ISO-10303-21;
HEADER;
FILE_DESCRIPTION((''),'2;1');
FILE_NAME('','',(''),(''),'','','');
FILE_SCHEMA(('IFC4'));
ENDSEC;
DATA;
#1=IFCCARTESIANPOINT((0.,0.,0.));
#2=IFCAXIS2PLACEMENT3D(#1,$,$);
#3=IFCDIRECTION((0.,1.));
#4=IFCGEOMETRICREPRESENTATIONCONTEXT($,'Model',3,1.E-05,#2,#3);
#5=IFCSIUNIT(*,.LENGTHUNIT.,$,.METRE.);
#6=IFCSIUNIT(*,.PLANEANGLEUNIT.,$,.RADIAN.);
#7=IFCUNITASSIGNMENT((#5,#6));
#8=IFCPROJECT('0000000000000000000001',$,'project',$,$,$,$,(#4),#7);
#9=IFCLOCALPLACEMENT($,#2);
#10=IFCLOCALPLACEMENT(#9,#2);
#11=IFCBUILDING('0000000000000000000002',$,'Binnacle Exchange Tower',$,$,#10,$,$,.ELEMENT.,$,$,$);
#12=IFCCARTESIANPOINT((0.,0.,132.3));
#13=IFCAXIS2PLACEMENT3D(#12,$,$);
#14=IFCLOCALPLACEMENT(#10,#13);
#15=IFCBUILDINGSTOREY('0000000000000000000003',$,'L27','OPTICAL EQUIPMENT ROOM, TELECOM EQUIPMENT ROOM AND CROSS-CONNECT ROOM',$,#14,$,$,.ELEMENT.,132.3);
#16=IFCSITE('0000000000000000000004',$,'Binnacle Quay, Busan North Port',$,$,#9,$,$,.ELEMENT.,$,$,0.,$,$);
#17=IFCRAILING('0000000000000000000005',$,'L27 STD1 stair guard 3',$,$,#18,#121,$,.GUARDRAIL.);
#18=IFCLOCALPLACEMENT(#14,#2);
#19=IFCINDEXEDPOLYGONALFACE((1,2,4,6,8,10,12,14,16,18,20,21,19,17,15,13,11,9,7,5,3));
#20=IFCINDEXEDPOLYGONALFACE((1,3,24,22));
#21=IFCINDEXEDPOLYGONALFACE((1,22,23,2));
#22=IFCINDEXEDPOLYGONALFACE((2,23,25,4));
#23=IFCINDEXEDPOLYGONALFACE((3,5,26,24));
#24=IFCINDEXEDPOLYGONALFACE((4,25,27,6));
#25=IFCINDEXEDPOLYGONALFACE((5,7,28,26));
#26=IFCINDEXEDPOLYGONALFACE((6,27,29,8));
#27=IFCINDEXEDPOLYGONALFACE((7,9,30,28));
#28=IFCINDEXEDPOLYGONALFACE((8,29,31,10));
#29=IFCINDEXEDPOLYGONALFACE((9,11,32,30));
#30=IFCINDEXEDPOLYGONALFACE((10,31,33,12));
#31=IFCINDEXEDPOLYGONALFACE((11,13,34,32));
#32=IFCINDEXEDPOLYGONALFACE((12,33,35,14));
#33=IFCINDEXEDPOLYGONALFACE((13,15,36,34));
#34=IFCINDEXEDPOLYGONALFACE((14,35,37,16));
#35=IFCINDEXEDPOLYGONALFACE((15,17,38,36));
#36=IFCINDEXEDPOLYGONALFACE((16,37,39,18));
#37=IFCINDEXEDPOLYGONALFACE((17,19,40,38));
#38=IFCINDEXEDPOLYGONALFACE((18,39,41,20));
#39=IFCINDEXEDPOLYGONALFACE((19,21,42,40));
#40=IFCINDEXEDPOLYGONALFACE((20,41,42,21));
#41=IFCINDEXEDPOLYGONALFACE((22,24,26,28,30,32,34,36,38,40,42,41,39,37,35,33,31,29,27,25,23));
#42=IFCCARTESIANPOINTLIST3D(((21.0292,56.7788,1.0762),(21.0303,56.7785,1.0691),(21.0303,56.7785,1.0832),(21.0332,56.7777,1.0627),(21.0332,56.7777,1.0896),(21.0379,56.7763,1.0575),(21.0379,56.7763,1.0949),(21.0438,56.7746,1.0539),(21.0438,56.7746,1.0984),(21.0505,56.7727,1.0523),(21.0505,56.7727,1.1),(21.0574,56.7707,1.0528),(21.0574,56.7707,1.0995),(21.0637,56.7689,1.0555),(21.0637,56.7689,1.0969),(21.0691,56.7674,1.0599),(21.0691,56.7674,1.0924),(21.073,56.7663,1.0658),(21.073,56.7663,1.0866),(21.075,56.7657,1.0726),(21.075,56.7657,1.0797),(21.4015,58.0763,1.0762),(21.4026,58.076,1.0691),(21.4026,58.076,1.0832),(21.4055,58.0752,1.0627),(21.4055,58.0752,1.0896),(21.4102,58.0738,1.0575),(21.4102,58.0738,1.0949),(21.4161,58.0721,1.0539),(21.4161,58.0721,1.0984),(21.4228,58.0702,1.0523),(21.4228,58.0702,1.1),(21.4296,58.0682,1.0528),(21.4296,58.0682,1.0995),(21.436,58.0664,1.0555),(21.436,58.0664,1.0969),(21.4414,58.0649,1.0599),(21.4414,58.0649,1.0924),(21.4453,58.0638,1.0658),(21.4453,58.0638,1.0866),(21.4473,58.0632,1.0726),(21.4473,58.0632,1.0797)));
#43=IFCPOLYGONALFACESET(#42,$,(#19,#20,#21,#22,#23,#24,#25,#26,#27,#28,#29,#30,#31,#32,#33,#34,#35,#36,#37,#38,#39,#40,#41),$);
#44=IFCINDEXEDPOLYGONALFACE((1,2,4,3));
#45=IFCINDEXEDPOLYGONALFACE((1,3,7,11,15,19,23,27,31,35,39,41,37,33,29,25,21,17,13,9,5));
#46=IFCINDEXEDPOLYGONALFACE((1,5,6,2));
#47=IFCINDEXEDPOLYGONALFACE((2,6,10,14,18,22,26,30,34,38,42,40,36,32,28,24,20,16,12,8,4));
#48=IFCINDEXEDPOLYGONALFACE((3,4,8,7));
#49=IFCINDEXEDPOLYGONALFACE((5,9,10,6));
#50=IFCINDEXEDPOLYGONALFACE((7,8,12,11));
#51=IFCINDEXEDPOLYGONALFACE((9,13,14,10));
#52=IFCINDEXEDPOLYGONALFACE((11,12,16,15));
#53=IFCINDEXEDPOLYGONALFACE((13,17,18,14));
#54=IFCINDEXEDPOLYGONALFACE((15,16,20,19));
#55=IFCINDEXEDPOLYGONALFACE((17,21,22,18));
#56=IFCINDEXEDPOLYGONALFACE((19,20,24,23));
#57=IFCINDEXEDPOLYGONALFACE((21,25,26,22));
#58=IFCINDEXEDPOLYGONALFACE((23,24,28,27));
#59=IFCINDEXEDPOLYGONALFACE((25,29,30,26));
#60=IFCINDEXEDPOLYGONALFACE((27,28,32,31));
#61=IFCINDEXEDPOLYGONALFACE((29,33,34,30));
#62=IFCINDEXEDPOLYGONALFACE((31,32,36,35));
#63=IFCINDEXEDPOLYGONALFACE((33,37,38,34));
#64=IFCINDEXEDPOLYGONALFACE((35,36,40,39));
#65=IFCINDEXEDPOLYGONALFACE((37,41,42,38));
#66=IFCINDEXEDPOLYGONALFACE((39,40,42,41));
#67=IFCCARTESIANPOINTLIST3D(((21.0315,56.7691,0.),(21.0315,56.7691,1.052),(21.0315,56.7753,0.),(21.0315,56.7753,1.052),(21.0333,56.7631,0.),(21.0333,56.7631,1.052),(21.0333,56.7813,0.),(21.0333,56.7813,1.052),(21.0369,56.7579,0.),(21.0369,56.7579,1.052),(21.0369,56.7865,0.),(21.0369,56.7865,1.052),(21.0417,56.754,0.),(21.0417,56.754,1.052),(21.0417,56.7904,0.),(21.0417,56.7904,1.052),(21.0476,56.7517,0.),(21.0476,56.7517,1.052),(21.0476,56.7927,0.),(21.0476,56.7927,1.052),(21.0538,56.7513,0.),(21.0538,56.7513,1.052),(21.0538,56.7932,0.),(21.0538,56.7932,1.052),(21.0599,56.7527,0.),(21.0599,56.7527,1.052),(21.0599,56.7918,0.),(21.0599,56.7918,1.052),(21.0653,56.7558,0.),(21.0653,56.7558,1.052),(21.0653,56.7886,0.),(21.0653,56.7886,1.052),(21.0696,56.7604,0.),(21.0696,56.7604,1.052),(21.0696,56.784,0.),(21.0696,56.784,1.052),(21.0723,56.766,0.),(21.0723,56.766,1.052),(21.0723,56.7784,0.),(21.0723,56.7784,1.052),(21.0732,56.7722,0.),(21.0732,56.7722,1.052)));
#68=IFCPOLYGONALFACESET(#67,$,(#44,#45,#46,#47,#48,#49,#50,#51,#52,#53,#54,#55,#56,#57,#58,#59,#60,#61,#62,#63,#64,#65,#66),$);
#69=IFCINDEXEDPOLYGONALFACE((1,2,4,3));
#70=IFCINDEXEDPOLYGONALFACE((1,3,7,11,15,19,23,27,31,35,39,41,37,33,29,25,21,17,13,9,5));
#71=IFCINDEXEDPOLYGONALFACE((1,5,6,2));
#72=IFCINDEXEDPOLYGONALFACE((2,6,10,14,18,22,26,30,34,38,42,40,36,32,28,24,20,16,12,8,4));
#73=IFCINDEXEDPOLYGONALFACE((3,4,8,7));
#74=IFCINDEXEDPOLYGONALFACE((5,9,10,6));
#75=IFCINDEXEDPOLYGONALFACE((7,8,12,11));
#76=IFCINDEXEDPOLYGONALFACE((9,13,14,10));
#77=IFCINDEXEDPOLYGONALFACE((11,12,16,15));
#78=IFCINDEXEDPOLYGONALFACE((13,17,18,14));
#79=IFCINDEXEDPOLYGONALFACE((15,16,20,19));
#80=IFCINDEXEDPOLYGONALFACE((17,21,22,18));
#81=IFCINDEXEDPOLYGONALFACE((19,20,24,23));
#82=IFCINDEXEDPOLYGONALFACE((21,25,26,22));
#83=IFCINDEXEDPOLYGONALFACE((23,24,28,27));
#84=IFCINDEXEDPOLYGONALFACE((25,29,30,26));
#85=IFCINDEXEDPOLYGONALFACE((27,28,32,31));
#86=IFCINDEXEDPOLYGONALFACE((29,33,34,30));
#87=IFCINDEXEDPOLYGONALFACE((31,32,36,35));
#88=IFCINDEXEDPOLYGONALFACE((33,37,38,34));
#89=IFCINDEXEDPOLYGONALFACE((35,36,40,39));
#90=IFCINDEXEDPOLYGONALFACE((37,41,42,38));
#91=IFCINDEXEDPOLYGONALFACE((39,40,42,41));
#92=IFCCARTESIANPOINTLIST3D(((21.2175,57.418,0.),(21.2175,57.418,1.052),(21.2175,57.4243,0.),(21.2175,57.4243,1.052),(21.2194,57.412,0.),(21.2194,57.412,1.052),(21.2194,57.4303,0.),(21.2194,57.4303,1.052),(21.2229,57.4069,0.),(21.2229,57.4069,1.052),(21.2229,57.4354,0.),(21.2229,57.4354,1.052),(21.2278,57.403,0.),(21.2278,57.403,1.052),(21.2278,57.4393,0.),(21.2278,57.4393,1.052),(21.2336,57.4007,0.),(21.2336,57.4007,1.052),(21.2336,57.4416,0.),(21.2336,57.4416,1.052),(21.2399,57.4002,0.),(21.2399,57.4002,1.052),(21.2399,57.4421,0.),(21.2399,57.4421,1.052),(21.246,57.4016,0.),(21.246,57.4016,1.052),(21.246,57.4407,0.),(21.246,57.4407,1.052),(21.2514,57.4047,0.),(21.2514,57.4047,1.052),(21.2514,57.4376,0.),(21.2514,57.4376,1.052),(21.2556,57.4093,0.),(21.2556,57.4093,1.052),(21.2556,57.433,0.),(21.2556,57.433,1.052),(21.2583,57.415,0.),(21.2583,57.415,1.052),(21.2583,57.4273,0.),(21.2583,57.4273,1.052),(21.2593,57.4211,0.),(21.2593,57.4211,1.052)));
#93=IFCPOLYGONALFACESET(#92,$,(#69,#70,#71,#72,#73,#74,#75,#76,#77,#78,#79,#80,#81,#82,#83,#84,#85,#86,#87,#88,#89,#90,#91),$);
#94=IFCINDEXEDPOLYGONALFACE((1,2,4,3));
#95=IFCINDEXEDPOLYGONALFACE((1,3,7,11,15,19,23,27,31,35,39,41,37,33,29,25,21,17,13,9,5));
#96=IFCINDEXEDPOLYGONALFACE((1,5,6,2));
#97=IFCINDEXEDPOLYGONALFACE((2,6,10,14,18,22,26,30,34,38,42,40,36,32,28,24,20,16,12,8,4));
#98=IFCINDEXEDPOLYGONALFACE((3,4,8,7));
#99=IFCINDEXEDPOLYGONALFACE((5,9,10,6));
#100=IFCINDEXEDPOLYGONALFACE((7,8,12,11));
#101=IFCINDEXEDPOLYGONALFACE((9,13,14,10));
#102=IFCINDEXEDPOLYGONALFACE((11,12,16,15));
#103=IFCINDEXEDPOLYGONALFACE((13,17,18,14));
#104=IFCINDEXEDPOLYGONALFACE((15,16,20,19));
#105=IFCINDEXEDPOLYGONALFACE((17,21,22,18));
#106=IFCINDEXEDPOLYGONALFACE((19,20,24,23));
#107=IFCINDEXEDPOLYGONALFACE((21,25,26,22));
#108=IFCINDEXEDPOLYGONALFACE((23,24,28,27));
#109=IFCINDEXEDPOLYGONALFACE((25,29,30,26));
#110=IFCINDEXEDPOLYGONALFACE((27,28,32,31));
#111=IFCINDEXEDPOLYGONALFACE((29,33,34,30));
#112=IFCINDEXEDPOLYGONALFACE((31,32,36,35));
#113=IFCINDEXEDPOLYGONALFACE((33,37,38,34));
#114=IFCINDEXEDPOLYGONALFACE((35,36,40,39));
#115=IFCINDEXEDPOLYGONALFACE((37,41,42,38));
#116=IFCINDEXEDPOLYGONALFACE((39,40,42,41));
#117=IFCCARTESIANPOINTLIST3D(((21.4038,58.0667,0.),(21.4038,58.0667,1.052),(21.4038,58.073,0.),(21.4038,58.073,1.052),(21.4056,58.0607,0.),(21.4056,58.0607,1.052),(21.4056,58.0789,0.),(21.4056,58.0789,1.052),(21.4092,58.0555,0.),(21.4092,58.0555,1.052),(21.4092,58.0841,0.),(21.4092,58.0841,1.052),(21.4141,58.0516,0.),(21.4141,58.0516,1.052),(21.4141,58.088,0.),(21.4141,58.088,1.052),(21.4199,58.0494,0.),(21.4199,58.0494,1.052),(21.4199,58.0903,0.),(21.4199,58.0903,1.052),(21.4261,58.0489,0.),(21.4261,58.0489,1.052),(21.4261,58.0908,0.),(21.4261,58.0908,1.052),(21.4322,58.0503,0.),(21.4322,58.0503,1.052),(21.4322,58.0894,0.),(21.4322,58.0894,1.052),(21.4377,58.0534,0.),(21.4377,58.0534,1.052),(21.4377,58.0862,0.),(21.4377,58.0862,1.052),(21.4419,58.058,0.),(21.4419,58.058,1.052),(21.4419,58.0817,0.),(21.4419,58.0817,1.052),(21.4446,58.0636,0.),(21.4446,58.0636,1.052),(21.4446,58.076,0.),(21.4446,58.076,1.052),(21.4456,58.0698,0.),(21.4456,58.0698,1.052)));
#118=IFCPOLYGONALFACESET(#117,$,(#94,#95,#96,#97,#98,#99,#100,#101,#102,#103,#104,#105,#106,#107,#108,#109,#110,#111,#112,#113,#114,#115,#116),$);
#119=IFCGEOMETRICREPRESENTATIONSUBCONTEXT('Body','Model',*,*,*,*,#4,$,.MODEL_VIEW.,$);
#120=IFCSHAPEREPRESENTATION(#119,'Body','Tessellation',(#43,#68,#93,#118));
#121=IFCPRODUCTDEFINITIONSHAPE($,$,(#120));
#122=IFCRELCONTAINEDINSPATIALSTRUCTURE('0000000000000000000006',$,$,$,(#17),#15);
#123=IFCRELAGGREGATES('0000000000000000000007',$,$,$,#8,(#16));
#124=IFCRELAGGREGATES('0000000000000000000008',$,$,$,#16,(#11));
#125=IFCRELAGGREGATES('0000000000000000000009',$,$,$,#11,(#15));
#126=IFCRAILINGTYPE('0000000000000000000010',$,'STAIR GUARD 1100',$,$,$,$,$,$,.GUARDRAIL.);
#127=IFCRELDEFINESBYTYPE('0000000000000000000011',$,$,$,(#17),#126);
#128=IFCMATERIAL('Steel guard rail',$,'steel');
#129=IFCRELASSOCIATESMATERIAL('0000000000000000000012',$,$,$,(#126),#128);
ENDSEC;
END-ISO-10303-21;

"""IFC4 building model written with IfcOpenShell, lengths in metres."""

from ifc_helpers import new_model, si_unit, direction, frame, origin, origin_2d, place, context, subcontext, project, spatial, circle, extrude, material, type_object, element, save


model = new_model("IFC4")

# Units and contexts
model_context = context("Model", 3, precision=1e-05, world=origin(), true_north=direction((0.0, 1.0)))
body_context = subcontext(model_context, "Body", "Model", "MODEL_VIEW")
ifc_project = project(units=[si_unit("LENGTHUNIT", "METRE"), si_unit("PLANEANGLEUNIT", "RADIAN")], contexts=[model_context])

# Site, building, storey
site_placement = place(None, origin())
site = spatial("IfcSite", under=ifc_project, at=site_placement, Name="Binnacle Quay, Busan North Port", CompositionType="ELEMENT", RefElevation=0.0)
building_placement = place(site_placement, origin())
building = spatial("IfcBuilding", under=site, at=building_placement, Name="Binnacle Exchange Tower", CompositionType="ELEMENT")
storey_placement = place(building_placement, frame((0.0, 0.0, 132.3)))
storey = spatial("IfcBuildingStorey", under=building, at=storey_placement, Name="L27", Description="OPTICAL EQUIPMENT ROOM, TELECOM EQUIPMENT ROOM AND CROSS-CONNECT ROOM", CompositionType="ELEMENT", Elevation=132.3)

# Railing
ifc_material_1 = material(Name="Steel guard rail", Category="steel")
railing_type_1 = type_object("IfcRailingType", Name="STAIR GUARD 1100", PredefinedType="GUARDRAIL", material=ifc_material_1)
railing_1_placement = place(storey_placement, frame((21.0522, 56.7722, 0.0)))
element("IfcRailing", 1, at=railing_1_placement, inside=storey, type_object=railing_type_1, Name="L27 STD1 stair guard 3", PredefinedType="GUARDRAIL", context=body_context, shape_type="SweptSolid", body=[
    extrude(circle(Radius=0.0239, at=origin_2d()), frame((0.0, 0.0, 1.0762), z_axis=(0.275796, 0.961216, 0.0), x_axis=(-0.961216, 0.275796, 0.0)), (0.0, 0.0, 1.0), 1.3499),
    extrude(circle(Radius=0.021, at=origin_2d()), origin(), (0.0, 0.0, 1.0), 1.052),
    extrude(circle(Radius=0.021, at=origin_2d()), frame((0.186, 0.6489, 0.0)), (0.0, 0.0, 1.0), 1.052),
    extrude(circle(Radius=0.021, at=origin_2d()), frame((0.3723, 1.2976, 0.0)), (0.0, 0.0, 1.0), 1.052),
])

save(model, "model.ifc")
